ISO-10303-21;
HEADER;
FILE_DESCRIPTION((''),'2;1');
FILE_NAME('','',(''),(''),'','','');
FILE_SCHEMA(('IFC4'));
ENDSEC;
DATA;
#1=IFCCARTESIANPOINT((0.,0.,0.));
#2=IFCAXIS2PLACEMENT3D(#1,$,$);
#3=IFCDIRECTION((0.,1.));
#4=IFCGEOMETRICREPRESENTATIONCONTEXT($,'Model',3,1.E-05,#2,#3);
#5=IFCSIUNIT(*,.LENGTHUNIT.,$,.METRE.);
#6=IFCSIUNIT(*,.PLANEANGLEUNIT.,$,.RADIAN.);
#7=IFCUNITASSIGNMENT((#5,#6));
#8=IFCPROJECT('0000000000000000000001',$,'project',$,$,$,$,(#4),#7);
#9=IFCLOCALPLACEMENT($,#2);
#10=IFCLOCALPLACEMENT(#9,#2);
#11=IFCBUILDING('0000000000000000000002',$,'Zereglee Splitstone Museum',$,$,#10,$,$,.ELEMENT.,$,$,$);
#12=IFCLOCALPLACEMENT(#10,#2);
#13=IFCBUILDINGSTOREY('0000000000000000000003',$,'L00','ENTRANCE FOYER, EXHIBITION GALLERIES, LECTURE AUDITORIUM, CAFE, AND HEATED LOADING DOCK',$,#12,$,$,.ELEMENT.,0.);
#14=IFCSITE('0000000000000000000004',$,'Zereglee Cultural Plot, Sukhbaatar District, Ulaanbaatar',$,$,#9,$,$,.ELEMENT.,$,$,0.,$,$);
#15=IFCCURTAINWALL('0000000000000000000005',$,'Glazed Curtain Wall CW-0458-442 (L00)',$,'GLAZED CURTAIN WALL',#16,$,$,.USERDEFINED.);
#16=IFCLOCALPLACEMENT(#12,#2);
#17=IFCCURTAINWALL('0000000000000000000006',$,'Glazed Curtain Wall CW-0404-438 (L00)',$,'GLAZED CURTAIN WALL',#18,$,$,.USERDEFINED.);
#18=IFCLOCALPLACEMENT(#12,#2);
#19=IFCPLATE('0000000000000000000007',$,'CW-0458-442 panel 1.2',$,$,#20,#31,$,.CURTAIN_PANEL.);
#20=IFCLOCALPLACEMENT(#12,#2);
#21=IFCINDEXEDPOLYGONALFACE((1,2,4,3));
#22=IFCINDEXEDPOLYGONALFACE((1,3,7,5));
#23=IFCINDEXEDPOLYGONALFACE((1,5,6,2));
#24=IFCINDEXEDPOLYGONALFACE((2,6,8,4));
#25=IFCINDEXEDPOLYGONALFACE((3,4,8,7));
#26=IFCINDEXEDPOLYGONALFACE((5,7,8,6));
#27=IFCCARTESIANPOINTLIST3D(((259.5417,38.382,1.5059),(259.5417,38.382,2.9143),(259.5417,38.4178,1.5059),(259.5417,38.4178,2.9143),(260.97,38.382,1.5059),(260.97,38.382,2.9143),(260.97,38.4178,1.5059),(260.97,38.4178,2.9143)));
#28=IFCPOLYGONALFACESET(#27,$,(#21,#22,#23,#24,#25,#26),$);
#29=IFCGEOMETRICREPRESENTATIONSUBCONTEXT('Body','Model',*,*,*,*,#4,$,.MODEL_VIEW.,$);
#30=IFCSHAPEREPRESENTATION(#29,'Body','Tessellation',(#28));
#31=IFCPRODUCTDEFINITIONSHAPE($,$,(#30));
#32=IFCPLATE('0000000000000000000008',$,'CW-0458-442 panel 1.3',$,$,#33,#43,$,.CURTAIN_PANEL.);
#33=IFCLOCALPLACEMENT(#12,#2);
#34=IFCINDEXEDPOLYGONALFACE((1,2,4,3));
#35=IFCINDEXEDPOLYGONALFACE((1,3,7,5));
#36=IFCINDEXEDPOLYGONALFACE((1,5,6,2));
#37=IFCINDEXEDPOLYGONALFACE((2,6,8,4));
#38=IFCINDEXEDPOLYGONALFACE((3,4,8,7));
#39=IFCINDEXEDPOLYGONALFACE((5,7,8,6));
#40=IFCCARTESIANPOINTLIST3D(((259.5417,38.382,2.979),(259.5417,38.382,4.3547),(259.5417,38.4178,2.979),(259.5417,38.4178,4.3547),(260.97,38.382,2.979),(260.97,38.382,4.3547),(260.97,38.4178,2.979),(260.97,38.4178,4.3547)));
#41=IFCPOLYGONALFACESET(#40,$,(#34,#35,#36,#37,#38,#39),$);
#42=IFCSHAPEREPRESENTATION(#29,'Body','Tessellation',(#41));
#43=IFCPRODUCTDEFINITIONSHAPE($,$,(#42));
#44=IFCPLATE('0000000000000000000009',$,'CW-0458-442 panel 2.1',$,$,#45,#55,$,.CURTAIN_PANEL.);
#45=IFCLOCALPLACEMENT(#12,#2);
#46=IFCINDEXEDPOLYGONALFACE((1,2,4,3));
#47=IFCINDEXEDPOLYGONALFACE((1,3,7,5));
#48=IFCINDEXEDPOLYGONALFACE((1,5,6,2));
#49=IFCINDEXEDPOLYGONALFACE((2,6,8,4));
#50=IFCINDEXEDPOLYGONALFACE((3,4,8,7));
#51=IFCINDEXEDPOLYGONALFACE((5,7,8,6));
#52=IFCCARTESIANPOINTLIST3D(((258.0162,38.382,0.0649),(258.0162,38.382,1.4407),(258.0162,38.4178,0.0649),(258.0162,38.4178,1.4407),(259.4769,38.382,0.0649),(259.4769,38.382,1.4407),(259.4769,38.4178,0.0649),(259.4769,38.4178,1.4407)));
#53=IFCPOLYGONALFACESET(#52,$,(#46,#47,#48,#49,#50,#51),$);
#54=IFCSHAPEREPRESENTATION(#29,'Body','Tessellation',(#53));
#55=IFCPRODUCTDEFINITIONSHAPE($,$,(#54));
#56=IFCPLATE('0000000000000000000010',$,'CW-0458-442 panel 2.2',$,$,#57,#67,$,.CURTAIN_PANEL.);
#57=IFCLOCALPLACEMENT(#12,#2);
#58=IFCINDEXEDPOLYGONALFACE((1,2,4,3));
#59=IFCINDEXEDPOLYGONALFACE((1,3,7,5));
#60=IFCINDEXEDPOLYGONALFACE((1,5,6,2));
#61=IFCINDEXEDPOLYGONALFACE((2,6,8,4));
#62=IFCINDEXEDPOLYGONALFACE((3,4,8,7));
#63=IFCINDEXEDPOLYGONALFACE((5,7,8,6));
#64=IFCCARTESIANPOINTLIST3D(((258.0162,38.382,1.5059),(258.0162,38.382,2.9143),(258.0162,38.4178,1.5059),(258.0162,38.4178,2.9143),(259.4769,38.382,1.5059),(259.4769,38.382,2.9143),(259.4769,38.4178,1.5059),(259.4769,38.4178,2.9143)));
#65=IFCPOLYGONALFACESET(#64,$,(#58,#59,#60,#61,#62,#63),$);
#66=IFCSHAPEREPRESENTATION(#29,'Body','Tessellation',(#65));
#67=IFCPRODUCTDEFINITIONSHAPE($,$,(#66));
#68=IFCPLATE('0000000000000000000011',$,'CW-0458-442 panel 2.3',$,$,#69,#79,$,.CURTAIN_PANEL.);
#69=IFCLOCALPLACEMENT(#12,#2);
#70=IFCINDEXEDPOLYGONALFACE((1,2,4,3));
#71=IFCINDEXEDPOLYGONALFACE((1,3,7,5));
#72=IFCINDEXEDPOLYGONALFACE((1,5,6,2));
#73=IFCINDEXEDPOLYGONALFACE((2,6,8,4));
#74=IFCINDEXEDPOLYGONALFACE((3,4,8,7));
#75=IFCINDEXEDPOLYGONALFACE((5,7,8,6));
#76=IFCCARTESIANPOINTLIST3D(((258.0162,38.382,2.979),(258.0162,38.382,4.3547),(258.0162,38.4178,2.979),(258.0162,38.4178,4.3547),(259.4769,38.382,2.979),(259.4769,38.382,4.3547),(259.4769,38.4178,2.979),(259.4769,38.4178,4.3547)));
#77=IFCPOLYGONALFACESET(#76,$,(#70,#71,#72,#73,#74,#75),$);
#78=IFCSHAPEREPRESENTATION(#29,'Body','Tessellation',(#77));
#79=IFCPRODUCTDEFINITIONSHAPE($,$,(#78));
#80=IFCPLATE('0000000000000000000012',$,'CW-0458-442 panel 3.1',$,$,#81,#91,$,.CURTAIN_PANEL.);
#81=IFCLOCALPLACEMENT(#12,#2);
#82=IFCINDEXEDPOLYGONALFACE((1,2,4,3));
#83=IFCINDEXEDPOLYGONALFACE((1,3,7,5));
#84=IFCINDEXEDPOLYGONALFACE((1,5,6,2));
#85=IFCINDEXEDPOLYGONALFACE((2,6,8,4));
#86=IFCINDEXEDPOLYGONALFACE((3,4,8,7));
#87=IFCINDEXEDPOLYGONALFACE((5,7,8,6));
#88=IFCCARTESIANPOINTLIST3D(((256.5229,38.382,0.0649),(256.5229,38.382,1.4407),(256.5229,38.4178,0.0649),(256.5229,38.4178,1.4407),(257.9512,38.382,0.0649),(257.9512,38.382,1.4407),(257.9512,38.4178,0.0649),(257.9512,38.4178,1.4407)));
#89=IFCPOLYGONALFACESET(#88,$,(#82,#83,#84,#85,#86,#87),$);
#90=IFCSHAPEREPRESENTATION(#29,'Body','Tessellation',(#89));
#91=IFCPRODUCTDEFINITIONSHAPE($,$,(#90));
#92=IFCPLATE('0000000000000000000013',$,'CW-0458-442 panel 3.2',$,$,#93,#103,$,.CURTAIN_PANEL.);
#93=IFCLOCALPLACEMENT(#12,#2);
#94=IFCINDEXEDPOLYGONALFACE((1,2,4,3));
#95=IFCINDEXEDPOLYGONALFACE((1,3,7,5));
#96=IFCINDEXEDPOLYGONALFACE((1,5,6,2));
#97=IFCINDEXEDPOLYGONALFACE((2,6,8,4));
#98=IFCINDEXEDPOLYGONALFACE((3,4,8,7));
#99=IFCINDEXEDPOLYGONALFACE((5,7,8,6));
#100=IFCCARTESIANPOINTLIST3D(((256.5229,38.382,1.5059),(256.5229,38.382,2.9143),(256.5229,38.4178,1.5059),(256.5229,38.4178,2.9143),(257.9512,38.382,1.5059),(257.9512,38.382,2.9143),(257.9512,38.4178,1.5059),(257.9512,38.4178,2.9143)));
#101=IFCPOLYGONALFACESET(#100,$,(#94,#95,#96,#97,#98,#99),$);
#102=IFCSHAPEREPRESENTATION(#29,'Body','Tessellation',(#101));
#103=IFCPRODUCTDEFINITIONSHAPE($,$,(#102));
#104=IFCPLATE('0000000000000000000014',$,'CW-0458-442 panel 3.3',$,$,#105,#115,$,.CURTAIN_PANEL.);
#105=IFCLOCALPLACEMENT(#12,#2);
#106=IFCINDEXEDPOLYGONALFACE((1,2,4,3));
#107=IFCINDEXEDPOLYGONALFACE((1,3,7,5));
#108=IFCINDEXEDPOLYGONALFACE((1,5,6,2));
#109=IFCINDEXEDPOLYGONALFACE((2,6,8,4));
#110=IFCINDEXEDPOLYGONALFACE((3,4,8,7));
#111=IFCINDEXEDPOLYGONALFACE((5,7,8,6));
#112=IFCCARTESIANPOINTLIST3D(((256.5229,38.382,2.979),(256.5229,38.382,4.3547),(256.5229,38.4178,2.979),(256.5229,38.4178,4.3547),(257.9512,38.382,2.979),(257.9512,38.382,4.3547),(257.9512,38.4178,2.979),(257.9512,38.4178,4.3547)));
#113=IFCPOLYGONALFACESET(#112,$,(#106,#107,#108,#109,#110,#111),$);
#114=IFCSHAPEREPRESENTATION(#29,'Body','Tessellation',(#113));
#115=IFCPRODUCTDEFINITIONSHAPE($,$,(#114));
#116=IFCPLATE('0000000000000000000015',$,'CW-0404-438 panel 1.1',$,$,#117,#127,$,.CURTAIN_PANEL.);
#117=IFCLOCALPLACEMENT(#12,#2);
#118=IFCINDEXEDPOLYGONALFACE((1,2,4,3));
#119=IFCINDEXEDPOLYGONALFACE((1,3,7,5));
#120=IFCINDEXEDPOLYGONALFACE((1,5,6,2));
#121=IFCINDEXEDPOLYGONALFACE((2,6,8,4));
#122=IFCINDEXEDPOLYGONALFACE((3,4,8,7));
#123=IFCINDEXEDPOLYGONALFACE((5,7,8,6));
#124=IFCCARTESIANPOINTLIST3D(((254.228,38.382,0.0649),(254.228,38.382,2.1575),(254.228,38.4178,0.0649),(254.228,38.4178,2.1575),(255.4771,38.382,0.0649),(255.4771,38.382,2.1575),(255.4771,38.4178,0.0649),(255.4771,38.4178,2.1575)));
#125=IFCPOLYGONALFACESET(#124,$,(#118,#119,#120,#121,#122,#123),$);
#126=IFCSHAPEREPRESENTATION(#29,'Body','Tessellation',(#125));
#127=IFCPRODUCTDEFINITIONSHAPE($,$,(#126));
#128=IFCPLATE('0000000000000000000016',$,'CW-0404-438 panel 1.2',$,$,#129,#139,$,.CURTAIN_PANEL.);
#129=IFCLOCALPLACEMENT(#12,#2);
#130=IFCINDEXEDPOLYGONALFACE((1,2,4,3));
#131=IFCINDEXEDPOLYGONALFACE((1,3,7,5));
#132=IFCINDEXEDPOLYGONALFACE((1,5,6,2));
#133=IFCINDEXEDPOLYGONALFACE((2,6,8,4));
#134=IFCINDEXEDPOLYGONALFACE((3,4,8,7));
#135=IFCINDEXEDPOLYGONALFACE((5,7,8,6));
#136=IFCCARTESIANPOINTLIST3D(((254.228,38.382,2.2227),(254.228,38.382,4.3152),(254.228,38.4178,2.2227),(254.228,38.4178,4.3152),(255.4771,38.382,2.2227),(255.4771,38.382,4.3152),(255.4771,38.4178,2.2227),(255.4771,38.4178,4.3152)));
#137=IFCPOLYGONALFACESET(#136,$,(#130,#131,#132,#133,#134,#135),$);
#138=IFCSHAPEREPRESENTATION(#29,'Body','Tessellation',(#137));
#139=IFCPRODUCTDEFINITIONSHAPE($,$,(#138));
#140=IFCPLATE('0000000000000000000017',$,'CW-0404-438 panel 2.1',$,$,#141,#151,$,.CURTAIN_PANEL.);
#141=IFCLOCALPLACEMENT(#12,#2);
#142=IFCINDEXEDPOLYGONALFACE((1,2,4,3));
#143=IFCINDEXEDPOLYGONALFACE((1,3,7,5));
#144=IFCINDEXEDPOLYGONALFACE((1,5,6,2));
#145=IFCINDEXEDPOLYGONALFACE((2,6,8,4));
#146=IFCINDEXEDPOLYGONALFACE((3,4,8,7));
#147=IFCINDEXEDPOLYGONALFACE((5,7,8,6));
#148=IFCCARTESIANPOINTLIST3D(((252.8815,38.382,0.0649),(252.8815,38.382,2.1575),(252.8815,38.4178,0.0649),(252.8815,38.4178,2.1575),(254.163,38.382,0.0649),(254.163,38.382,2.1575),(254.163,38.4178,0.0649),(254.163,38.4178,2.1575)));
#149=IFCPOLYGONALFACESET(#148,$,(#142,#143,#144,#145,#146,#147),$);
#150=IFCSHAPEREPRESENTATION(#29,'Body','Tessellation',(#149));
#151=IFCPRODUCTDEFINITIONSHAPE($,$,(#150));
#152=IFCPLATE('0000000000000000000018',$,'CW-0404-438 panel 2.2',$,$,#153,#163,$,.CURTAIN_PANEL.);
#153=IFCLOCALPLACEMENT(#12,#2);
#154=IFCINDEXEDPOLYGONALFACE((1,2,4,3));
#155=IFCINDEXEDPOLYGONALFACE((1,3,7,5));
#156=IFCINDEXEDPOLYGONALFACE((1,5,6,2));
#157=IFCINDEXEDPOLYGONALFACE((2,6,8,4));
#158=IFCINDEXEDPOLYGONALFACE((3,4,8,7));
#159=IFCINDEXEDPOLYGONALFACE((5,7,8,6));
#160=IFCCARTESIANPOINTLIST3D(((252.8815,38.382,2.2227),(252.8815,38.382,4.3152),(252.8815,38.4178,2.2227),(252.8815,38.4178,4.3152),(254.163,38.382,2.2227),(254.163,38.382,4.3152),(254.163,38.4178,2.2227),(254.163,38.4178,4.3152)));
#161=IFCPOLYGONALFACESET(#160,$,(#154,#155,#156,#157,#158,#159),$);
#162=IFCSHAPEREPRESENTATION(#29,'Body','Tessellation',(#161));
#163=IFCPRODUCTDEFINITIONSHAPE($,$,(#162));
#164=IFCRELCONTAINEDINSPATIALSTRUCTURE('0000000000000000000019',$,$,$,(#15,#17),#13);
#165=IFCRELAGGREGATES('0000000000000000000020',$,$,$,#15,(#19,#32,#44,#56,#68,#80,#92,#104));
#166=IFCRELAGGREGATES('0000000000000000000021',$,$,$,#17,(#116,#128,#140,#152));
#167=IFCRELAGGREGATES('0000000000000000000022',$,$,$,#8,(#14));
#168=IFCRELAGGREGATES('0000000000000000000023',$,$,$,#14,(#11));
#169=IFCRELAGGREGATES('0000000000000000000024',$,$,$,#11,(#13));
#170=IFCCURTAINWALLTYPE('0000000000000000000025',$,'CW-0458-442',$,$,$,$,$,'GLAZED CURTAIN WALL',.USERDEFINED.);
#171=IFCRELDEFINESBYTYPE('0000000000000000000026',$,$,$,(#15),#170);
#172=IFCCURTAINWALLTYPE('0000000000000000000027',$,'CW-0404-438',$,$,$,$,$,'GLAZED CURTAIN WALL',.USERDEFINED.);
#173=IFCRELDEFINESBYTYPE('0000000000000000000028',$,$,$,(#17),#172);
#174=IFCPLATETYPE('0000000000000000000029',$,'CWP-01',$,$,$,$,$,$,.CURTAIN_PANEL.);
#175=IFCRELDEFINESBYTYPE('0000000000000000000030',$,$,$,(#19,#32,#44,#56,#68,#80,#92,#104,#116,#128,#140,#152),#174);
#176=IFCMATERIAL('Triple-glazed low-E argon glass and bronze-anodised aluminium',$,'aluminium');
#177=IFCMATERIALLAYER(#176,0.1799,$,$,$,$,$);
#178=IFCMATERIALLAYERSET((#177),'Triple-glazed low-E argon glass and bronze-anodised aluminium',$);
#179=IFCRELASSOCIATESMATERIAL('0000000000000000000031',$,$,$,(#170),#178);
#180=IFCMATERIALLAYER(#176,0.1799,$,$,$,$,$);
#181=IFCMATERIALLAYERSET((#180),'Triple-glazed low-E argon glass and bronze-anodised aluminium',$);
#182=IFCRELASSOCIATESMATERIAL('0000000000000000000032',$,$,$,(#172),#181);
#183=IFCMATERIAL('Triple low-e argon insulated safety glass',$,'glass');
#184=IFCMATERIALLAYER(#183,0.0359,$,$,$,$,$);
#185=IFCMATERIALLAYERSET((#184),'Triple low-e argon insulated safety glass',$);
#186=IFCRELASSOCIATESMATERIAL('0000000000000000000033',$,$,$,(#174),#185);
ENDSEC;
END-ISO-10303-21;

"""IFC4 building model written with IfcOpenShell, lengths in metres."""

from ifc_helpers import new_model, si_unit, direction, frame, origin, origin_2d, place, context, subcontext, project, spatial, rectangle, extrude, material, layer, layer_set, type_object, element, aggregate, save


model = new_model("IFC4")

# Units and contexts
model_context = context("Model", 3, precision=1e-05, world=origin(), true_north=direction((0.0, 1.0)))
body_context = subcontext(model_context, "Body", "Model", "MODEL_VIEW")
ifc_project = project(units=[si_unit("LENGTHUNIT", "METRE"), si_unit("PLANEANGLEUNIT", "RADIAN")], contexts=[model_context])

# Site, building, storey
site_placement = place(None, origin())
site = spatial("IfcSite", under=ifc_project, at=site_placement, Name="Zereglee Cultural Plot, Sukhbaatar District, Ulaanbaatar", CompositionType="ELEMENT", RefElevation=0.0)
building_placement = place(site_placement, origin())
building = spatial("IfcBuilding", under=site, at=building_placement, Name="Zereglee Splitstone Museum", CompositionType="ELEMENT")
storey_placement = place(building_placement, origin())
storey = spatial("IfcBuildingStorey", under=building, at=storey_placement, Name="L00", Description="ENTRANCE FOYER, EXHIBITION GALLERIES, LECTURE AUDITORIUM, CAFE, AND HEATED LOADING DOCK", CompositionType="ELEMENT", Elevation=0.0)

# Curtain walls
ifc_material_1 = material(Name="Triple-glazed low-E argon glass and bronze-anodised aluminium", Category="aluminium")
ifc_layer_1 = layer(ifc_material_1, 0.1799)
ifc_layer_set_1 = layer_set([ifc_layer_1], Name="Triple-glazed low-E argon glass and bronze-anodised aluminium")
curtain_wall_type_1 = type_object("IfcCurtainWallType", Name="CW-0458-442", ElementType="GLAZED CURTAIN WALL", PredefinedType="USERDEFINED", material=ifc_layer_set_1)
curtain_wall_1_placement = place(storey_placement, origin())
curtain_wall_1 = element("IfcCurtainWall", 1, at=curtain_wall_1_placement, inside=storey, type_object=curtain_wall_type_1, Name="Glazed Curtain Wall CW-0458-442 (L00)", ObjectType="GLAZED CURTAIN WALL", PredefinedType="USERDEFINED")
ifc_layer_2 = layer(ifc_material_1, 0.1799)
ifc_layer_set_2 = layer_set([ifc_layer_2], Name="Triple-glazed low-E argon glass and bronze-anodised aluminium")
curtain_wall_type_2 = type_object("IfcCurtainWallType", Name="CW-0404-438", ElementType="GLAZED CURTAIN WALL", PredefinedType="USERDEFINED", material=ifc_layer_set_2)
curtain_wall_2_placement = place(storey_placement, origin())
curtain_wall_2 = element("IfcCurtainWall", 2, at=curtain_wall_2_placement, inside=storey, type_object=curtain_wall_type_2, Name="Glazed Curtain Wall CW-0404-438 (L00)", ObjectType="GLAZED CURTAIN WALL", PredefinedType="USERDEFINED")

# Plates
ifc_material_2 = material(Name="Triple low-e argon insulated safety glass", Category="glass")
ifc_layer_3 = layer(ifc_material_2, 0.0359)
ifc_layer_set_3 = layer_set([ifc_layer_3], Name="Triple low-e argon insulated safety glass")
plate_type = type_object("IfcPlateType", Name="CWP-01", PredefinedType="CURTAIN_PANEL", material=ifc_layer_set_3)
plate_1_placement = place(storey_placement, frame((260.2559, 38.3999, 1.5059), z_axis=(0.0, 0.0, 1.0), x_axis=(-1.0, 0.0, 0.0)))
plate_1 = element("IfcPlate", 3, at=plate_1_placement, type_object=plate_type, Name="CW-0458-442 panel 1.2", PredefinedType="CURTAIN_PANEL", context=body_context, shape_type="SweptSolid", body=[
    extrude(rectangle(XDim=1.4282, YDim=0.0359, at=origin_2d()), origin(), (0.0, 0.0, 1.0), 1.4084),
])
plate_2_placement = place(storey_placement, frame((260.2559, 38.3999, 2.979), z_axis=(0.0, 0.0, 1.0), x_axis=(-1.0, 0.0, 0.0)))
plate_2 = element("IfcPlate", 4, at=plate_2_placement, type_object=plate_type, Name="CW-0458-442 panel 1.3", PredefinedType="CURTAIN_PANEL", context=body_context, shape_type="SweptSolid", body=[
    extrude(rectangle(XDim=1.4282, YDim=0.0359, at=origin_2d()), origin(), (0.0, 0.0, 1.0), 1.3757),
])
plate_3_placement = place(storey_placement, frame((258.7466, 38.3999, 0.0649), z_axis=(0.0, 0.0, 1.0), x_axis=(-1.0, 0.0, 0.0)))
plate_3 = element("IfcPlate", 5, at=plate_3_placement, type_object=plate_type, Name="CW-0458-442 panel 2.1", PredefinedType="CURTAIN_PANEL", context=body_context, shape_type="SweptSolid", body=[
    extrude(rectangle(XDim=1.4607, YDim=0.0359, at=origin_2d()), origin(), (0.0, 0.0, 1.0), 1.3757),
])
plate_4_placement = place(storey_placement, frame((258.7466, 38.3999, 1.5059), z_axis=(0.0, 0.0, 1.0), x_axis=(-1.0, 0.0, 0.0)))
plate_4 = element("IfcPlate", 6, at=plate_4_placement, type_object=plate_type, Name="CW-0458-442 panel 2.2", PredefinedType="CURTAIN_PANEL", context=body_context, shape_type="SweptSolid", body=[
    extrude(rectangle(XDim=1.4607, YDim=0.0359, at=origin_2d()), origin(), (0.0, 0.0, 1.0), 1.4084),
])
plate_5_placement = place(storey_placement, frame((258.7466, 38.3999, 2.979), z_axis=(0.0, 0.0, 1.0), x_axis=(-1.0, 0.0, 0.0)))
plate_5 = element("IfcPlate", 7, at=plate_5_placement, type_object=plate_type, Name="CW-0458-442 panel 2.3", PredefinedType="CURTAIN_PANEL", context=body_context, shape_type="SweptSolid", body=[
    extrude(rectangle(XDim=1.4607, YDim=0.0359, at=origin_2d()), origin(), (0.0, 0.0, 1.0), 1.3757),
])
plate_6_placement = place(storey_placement, frame((257.2371, 38.3999, 0.0649), z_axis=(0.0, 0.0, 1.0), x_axis=(-1.0, 0.0, 0.0)))
plate_6 = element("IfcPlate", 8, at=plate_6_placement, type_object=plate_type, Name="CW-0458-442 panel 3.1", PredefinedType="CURTAIN_PANEL", context=body_context, shape_type="SweptSolid", body=[
    extrude(rectangle(XDim=1.4282, YDim=0.0359, at=origin_2d()), origin(), (0.0, 0.0, 1.0), 1.3757),
])
plate_7_placement = place(storey_placement, frame((257.2371, 38.3999, 1.5059), z_axis=(0.0, 0.0, 1.0), x_axis=(-1.0, 0.0, 0.0)))
plate_7 = element("IfcPlate", 9, at=plate_7_placement, type_object=plate_type, Name="CW-0458-442 panel 3.2", PredefinedType="CURTAIN_PANEL", context=body_context, shape_type="SweptSolid", body=[
    extrude(rectangle(XDim=1.4282, YDim=0.0359, at=origin_2d()), origin(), (0.0, 0.0, 1.0), 1.4084),
])
plate_8_placement = place(storey_placement, frame((257.2371, 38.3999, 2.979), z_axis=(0.0, 0.0, 1.0), x_axis=(-1.0, 0.0, 0.0)))
plate_8 = element("IfcPlate", 10, at=plate_8_placement, type_object=plate_type, Name="CW-0458-442 panel 3.3", PredefinedType="CURTAIN_PANEL", context=body_context, shape_type="SweptSolid", body=[
    extrude(rectangle(XDim=1.4282, YDim=0.0359, at=origin_2d()), origin(), (0.0, 0.0, 1.0), 1.3757),
])
aggregate(curtain_wall_1, [plate_1, plate_2, plate_3, plate_4, plate_5, plate_6, plate_7, plate_8])
plate_9_placement = place(storey_placement, frame((254.8525, 38.3999, 0.0649), z_axis=(0.0, 0.0, 1.0), x_axis=(-1.0, 0.0, 0.0)))
plate_9 = element("IfcPlate", 11, at=plate_9_placement, type_object=plate_type, Name="CW-0404-438 panel 1.1", PredefinedType="CURTAIN_PANEL", context=body_context, shape_type="SweptSolid", body=[
    extrude(rectangle(XDim=1.249, YDim=0.0359, at=origin_2d()), origin(), (0.0, 0.0, 1.0), 2.0925),
])
plate_10_placement = place(storey_placement, frame((254.8525, 38.3999, 2.2227), z_axis=(0.0, 0.0, 1.0), x_axis=(-1.0, 0.0, 0.0)))
plate_10 = element("IfcPlate", 12, at=plate_10_placement, type_object=plate_type, Name="CW-0404-438 panel 1.2", PredefinedType="CURTAIN_PANEL", context=body_context, shape_type="SweptSolid", body=[
    extrude(rectangle(XDim=1.249, YDim=0.0359, at=origin_2d()), origin(), (0.0, 0.0, 1.0), 2.0925),
])
plate_11_placement = place(storey_placement, frame((253.5222, 38.3999, 0.0649), z_axis=(0.0, 0.0, 1.0), x_axis=(-1.0, 0.0, 0.0)))
plate_11 = element("IfcPlate", 13, at=plate_11_placement, type_object=plate_type, Name="CW-0404-438 panel 2.1", PredefinedType="CURTAIN_PANEL", context=body_context, shape_type="SweptSolid", body=[
    extrude(rectangle(XDim=1.2815, YDim=0.0359, at=origin_2d()), origin(), (0.0, 0.0, 1.0), 2.0925),
])
plate_12_placement = place(storey_placement, frame((253.5222, 38.3999, 2.2227), z_axis=(0.0, 0.0, 1.0), x_axis=(-1.0, 0.0, 0.0)))
plate_12 = element("IfcPlate", 14, at=plate_12_placement, type_object=plate_type, Name="CW-0404-438 panel 2.2", PredefinedType="CURTAIN_PANEL", context=body_context, shape_type="SweptSolid", body=[
    extrude(rectangle(XDim=1.2815, YDim=0.0359, at=origin_2d()), origin(), (0.0, 0.0, 1.0), 2.0925),
])
aggregate(curtain_wall_2, [plate_9, plate_10, plate_11, plate_12])

save(model, "model.ifc")
